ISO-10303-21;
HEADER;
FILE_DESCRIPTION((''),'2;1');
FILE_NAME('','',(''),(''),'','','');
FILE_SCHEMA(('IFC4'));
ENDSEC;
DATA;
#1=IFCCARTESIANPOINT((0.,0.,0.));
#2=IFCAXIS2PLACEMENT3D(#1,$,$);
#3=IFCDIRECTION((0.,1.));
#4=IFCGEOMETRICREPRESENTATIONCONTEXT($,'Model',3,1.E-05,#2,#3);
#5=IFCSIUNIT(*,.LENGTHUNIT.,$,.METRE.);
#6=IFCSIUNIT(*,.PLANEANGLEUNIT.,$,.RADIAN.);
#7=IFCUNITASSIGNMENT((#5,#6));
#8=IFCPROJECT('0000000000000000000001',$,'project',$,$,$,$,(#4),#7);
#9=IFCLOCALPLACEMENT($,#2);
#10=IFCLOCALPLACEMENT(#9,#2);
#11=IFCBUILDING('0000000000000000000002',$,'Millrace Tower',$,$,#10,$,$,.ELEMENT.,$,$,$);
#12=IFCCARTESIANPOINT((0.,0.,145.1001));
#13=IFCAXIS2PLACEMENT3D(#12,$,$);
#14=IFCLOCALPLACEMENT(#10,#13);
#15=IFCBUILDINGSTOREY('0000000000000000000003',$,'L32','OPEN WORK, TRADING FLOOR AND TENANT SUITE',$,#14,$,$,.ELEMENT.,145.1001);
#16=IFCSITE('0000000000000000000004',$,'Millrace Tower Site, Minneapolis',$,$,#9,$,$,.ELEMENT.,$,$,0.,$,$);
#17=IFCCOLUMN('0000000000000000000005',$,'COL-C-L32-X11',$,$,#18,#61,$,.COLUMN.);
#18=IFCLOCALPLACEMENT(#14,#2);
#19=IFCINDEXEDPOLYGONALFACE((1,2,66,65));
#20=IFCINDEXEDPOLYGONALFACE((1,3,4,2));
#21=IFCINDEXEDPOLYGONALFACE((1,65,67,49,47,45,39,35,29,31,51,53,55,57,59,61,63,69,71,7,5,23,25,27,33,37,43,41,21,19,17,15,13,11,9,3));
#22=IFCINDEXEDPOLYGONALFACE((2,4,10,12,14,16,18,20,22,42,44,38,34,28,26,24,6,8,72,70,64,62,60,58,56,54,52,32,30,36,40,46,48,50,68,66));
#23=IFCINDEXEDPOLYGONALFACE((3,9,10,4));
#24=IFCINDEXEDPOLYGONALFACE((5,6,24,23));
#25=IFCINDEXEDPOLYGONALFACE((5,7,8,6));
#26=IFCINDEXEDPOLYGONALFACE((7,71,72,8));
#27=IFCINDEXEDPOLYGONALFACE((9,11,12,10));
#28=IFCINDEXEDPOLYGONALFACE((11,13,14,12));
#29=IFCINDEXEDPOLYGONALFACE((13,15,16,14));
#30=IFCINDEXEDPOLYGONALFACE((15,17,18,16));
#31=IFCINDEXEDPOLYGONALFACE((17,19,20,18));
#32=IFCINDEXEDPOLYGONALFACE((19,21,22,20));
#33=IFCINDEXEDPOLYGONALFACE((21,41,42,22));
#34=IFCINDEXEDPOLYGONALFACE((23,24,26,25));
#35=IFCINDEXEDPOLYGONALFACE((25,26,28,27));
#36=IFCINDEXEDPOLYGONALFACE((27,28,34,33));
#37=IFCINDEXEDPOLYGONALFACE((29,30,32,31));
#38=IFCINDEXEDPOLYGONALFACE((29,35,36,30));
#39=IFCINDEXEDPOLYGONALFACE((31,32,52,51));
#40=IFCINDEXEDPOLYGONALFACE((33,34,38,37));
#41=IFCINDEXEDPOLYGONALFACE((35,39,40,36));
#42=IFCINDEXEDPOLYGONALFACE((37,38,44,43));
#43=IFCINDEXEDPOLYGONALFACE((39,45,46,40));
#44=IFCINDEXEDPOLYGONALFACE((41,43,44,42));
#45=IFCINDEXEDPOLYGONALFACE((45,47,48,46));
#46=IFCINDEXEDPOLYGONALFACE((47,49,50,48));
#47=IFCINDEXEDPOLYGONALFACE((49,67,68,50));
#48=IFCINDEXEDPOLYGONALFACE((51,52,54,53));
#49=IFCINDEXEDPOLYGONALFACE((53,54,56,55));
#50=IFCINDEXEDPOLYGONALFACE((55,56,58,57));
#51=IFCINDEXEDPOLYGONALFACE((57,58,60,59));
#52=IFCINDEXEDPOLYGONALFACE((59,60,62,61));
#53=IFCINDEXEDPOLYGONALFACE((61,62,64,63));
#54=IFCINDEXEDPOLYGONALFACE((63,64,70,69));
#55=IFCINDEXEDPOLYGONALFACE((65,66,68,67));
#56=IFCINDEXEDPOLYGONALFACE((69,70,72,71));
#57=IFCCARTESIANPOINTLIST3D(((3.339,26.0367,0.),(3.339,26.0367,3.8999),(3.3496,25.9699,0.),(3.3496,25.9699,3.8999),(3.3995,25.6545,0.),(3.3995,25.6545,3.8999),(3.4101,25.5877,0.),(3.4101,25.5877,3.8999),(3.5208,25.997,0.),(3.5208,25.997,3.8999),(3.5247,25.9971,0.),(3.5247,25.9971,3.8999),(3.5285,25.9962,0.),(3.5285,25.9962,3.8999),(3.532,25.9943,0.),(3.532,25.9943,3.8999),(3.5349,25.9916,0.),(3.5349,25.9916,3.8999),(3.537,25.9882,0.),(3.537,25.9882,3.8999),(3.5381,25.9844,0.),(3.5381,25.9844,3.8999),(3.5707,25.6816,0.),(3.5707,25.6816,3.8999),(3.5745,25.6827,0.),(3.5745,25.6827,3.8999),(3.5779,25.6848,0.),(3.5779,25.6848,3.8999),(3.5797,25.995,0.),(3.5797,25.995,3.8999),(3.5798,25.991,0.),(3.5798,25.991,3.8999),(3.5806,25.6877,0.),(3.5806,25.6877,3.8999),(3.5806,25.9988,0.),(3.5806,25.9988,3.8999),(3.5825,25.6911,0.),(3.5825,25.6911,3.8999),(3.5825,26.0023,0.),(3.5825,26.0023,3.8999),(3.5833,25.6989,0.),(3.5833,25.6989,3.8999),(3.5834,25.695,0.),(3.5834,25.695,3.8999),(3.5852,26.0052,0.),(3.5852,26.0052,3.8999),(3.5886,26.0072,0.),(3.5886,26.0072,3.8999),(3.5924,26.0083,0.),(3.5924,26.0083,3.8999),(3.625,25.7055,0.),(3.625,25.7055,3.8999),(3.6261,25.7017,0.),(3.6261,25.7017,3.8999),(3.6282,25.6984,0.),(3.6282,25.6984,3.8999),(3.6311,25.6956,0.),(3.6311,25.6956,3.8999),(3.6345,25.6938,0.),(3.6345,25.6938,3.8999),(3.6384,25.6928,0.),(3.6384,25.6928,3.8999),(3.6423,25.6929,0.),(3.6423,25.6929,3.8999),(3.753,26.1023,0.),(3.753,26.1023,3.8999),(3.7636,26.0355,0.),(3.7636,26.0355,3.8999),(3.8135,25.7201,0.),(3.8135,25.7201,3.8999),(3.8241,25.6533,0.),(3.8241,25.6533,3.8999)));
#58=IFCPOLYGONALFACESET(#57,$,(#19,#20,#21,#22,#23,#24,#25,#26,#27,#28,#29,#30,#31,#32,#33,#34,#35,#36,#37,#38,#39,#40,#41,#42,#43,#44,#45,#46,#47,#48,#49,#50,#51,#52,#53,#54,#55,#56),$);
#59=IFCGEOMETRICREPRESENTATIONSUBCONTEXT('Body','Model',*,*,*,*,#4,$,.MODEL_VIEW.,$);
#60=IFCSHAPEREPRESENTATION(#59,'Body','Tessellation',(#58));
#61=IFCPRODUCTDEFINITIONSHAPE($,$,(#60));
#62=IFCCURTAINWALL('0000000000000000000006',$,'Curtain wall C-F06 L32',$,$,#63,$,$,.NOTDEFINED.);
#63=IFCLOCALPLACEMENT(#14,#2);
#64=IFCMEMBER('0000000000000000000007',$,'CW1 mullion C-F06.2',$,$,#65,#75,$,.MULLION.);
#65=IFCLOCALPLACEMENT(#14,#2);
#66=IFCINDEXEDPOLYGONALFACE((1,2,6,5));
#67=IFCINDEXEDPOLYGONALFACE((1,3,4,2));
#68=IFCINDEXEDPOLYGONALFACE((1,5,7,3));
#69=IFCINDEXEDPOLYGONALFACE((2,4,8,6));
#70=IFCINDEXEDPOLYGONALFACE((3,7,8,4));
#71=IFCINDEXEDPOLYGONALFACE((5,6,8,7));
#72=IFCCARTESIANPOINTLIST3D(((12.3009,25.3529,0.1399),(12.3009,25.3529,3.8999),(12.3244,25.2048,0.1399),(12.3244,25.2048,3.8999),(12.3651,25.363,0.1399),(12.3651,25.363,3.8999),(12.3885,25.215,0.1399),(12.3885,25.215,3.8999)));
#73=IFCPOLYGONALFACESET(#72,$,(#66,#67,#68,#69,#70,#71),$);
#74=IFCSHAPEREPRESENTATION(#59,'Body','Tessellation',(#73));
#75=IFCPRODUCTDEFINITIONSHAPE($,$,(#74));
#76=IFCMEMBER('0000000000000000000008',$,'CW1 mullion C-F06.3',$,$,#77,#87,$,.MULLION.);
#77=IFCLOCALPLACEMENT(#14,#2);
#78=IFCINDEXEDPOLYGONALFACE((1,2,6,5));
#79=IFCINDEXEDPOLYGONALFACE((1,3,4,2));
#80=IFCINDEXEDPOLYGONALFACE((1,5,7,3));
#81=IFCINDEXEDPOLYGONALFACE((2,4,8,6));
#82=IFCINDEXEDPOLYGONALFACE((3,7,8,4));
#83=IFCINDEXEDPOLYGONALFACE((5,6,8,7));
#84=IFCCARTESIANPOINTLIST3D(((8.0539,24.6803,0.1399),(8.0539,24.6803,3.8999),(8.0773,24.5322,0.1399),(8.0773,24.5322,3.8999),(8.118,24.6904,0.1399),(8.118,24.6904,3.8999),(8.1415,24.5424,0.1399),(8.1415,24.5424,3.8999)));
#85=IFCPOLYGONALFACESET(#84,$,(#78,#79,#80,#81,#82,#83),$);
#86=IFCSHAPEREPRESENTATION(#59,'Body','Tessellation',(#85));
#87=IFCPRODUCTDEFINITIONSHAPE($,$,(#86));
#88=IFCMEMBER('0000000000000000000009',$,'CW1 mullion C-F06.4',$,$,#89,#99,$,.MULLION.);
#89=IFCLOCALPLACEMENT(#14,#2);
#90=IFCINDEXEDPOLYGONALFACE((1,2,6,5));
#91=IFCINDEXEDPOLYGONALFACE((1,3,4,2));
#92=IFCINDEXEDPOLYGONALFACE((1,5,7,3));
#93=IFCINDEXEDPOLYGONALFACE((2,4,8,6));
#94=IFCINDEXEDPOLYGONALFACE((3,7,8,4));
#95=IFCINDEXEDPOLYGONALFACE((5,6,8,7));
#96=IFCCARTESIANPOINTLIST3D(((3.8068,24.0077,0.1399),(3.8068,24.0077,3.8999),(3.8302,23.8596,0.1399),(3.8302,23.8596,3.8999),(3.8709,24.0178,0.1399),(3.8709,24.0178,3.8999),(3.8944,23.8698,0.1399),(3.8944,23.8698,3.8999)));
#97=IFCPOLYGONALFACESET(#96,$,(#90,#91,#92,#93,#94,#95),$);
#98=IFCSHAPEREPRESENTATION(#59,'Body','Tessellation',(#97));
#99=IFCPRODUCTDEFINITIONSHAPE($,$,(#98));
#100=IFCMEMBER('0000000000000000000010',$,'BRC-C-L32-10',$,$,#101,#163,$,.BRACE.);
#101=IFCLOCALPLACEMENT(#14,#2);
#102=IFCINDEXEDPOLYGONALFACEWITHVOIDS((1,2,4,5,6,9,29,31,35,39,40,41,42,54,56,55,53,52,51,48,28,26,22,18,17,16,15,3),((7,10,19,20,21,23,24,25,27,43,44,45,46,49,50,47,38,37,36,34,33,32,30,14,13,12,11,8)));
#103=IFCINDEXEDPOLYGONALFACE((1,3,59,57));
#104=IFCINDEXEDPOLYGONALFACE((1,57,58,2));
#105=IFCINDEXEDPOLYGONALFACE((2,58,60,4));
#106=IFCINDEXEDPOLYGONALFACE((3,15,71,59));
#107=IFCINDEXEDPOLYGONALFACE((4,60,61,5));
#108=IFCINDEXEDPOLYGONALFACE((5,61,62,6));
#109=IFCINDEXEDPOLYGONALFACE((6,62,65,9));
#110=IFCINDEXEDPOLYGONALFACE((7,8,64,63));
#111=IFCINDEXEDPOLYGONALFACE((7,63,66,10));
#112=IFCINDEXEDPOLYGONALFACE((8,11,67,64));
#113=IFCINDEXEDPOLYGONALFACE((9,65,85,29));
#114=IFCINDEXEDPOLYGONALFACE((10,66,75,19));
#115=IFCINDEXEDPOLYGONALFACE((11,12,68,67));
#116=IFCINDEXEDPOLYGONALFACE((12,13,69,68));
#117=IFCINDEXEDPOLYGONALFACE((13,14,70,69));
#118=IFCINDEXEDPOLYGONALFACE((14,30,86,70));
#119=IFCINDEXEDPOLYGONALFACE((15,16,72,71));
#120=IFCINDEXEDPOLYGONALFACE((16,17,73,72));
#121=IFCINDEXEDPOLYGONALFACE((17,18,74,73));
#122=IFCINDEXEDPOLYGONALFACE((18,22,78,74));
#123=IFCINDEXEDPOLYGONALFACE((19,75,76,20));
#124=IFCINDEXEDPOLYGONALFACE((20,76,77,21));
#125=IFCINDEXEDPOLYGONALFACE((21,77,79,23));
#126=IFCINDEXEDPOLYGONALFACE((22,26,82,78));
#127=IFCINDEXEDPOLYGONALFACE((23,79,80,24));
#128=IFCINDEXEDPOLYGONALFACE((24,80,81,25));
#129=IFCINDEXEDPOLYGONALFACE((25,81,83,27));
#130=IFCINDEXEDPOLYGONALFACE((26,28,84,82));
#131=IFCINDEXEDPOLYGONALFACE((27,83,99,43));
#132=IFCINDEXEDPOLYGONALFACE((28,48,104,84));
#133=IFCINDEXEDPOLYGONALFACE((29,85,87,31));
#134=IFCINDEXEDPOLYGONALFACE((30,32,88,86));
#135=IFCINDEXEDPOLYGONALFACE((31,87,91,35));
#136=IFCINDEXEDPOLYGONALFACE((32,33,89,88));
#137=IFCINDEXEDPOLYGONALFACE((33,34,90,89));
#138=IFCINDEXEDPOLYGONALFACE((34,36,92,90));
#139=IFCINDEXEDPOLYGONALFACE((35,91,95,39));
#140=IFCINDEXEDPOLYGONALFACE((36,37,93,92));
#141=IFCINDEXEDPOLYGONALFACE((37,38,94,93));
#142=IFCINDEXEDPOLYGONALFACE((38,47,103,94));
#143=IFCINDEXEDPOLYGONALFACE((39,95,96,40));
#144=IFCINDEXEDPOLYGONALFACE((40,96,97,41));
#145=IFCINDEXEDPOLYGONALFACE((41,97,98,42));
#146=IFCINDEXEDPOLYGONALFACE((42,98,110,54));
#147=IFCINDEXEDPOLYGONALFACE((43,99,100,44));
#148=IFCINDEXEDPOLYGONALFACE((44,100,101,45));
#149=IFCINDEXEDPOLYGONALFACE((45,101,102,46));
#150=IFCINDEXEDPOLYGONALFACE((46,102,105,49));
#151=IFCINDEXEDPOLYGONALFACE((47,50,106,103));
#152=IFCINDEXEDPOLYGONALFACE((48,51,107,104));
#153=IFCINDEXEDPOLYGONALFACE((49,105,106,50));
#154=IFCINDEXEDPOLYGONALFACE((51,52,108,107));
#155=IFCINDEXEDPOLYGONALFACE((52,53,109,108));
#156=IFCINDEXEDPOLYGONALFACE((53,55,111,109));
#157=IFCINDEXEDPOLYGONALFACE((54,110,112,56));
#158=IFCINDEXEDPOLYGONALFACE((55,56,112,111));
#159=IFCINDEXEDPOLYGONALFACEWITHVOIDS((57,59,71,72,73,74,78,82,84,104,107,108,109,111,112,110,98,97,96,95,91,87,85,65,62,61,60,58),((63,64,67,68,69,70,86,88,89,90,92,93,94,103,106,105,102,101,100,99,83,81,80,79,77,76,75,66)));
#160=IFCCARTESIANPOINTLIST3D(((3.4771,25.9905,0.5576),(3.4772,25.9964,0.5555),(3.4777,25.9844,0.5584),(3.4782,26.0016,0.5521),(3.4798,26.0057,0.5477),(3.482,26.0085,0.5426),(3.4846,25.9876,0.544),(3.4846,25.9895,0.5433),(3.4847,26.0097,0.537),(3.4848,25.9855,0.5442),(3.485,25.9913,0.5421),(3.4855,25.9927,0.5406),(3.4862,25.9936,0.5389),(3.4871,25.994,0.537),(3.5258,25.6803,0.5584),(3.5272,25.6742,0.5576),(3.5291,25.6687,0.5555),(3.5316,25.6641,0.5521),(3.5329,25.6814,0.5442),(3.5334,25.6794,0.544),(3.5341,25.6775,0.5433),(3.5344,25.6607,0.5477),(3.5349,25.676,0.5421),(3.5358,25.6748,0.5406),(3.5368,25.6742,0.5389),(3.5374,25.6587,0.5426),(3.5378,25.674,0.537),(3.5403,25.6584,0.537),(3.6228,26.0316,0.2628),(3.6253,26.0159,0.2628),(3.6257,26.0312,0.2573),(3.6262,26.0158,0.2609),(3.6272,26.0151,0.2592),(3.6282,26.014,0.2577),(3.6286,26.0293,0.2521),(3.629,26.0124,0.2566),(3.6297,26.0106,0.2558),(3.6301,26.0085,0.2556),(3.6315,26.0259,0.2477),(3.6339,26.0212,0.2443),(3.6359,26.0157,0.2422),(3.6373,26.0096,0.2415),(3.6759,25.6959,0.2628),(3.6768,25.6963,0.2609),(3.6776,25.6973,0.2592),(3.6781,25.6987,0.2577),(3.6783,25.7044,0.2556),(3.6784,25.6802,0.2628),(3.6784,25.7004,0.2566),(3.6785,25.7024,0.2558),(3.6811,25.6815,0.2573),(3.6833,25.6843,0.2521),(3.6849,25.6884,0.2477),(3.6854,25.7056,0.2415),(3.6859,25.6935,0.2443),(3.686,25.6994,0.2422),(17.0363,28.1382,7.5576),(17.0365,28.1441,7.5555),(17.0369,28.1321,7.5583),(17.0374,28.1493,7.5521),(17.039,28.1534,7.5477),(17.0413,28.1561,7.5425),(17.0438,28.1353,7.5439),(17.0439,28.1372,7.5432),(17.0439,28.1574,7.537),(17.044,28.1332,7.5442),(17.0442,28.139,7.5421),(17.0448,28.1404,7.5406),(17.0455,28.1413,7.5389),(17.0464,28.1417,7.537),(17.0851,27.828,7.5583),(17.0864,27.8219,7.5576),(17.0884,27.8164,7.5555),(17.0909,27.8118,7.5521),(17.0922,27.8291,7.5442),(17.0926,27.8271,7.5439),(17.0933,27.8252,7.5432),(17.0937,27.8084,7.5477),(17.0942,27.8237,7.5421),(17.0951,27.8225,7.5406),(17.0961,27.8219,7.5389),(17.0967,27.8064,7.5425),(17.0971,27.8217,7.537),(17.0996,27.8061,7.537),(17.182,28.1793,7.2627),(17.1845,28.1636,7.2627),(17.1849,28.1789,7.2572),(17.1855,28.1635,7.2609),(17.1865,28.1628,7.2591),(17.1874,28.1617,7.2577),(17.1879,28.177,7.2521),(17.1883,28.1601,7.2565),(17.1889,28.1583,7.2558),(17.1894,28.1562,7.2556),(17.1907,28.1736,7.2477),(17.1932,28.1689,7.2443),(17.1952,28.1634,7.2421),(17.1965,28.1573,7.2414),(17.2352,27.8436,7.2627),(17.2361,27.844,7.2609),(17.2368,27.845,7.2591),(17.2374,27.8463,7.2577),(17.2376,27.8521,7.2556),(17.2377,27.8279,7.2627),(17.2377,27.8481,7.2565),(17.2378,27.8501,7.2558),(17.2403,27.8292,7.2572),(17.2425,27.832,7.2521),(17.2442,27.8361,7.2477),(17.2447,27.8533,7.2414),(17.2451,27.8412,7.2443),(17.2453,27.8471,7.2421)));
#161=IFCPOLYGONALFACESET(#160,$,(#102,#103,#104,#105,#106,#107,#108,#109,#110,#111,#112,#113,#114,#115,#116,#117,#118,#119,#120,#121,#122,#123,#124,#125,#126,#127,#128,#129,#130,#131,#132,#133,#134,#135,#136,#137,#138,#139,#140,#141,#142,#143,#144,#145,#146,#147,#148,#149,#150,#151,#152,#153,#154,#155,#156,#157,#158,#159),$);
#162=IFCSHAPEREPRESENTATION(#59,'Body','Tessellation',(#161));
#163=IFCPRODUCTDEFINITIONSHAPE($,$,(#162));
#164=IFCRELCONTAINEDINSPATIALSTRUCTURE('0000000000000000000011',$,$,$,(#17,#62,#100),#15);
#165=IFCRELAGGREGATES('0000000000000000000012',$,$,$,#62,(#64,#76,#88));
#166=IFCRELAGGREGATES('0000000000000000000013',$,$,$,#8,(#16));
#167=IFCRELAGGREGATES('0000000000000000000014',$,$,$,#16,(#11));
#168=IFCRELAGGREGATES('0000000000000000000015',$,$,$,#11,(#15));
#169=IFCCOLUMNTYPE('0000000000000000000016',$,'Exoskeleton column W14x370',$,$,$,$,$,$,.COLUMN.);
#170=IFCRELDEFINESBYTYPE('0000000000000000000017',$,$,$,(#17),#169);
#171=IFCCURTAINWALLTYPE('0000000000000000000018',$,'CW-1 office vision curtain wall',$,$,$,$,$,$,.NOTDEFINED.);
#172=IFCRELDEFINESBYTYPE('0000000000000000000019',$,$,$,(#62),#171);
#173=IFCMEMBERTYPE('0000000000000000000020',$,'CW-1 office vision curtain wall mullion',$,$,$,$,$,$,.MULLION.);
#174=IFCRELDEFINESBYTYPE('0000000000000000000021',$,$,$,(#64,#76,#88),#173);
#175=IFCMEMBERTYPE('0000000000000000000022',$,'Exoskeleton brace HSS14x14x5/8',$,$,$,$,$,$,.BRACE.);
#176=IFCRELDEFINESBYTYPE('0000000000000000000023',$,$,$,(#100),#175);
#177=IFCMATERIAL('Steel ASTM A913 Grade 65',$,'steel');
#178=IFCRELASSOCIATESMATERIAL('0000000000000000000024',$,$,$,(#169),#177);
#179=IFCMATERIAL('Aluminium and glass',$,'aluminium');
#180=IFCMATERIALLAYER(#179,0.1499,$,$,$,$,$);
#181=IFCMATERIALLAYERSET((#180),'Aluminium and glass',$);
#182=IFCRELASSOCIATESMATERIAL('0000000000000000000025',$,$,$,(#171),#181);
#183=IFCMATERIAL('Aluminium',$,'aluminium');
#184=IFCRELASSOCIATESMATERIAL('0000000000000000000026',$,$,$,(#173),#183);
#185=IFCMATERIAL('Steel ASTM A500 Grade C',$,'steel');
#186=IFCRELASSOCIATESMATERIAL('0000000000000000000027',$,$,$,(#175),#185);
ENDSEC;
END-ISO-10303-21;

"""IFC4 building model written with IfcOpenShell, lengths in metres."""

from ifc_helpers import new_model, si_unit, direction, frame, origin, origin_2d, place, context, subcontext, project, spatial, rectangle, hollow_rectangle, i_section, extrude, material, layer, layer_set, material_profile, profile_set, type_object, element, aggregate, save


model = new_model("IFC4")

# Units and contexts
model_context = context("Model", 3, precision=1e-05, world=origin(), true_north=direction((0.0, 1.0)))
body_context = subcontext(model_context, "Body", "Model", "MODEL_VIEW")
ifc_project = project(units=[si_unit("LENGTHUNIT", "METRE"), si_unit("PLANEANGLEUNIT", "RADIAN")], contexts=[model_context])

# Site, building, storey
site_placement = place(None, origin())
site = spatial("IfcSite", under=ifc_project, at=site_placement, Name="Millrace Tower Site, Minneapolis", CompositionType="ELEMENT", RefElevation=0.0)
building_placement = place(site_placement, origin())
building = spatial("IfcBuilding", under=site, at=building_placement, Name="Millrace Tower", CompositionType="ELEMENT")
storey_placement = place(building_placement, frame((0.0, 0.0, 145.1001)))
storey = spatial("IfcBuildingStorey", under=building, at=storey_placement, Name="L32", Description="OPEN WORK, TRADING FLOOR AND TENANT SUITE", CompositionType="ELEMENT", Elevation=145.1001)

# Column
ifc_material_1 = material(Name="Steel ASTM A913 Grade 65", Category="steel")
ifc_material_profile_1 = material_profile(ifc_material_1, i_section(OverallWidth=0.4192, OverallDepth=0.4546, WebThickness=0.0422, FlangeThickness=0.0676, FilletRadius=0.0151, at=origin_2d()))
ifc_profile_set_1 = profile_set([ifc_material_profile_1], Name="Steel ASTM A913 Grade 65")
column_type = type_object("IfcColumnType", Name="Exoskeleton column W14x370", PredefinedType="COLUMN", material=ifc_profile_set_1)
column_placement = place(storey_placement, frame((3.5815, 25.845, 0.0), z_axis=(0.0, 0.0, 1.0), x_axis=(-0.987688, -0.156434, 0.0)))
element("IfcColumn", 1, at=column_placement, inside=storey, type_object=column_type, Name="COL-C-L32-X11", PredefinedType="COLUMN", context=body_context, shape_type="SweptSolid", body=[
    extrude(i_section(OverallWidth=0.4192, OverallDepth=0.4546, WebThickness=0.0422, FlangeThickness=0.0676, FilletRadius=0.0151, at=origin_2d()), origin(), (0.0, 0.0, 1.0), 3.8999),
])

# Curtain wall, members
ifc_material_2 = material(Name="Aluminium and glass", Category="aluminium")
ifc_layer_1 = layer(ifc_material_2, 0.1499)
ifc_layer_set_1 = layer_set([ifc_layer_1], Name="Aluminium and glass")
curtain_wall_type = type_object("IfcCurtainWallType", Name="CW-1 office vision curtain wall", PredefinedType="NOTDEFINED", material=ifc_layer_set_1)
curtain_wall_placement = place(storey_placement, origin())
curtain_wall = element("IfcCurtainWall", 2, at=curtain_wall_placement, inside=storey, type_object=curtain_wall_type, Name="Curtain wall C-F06 L32", PredefinedType="NOTDEFINED")
ifc_material_3 = material(Name="Aluminium", Category="aluminium")
ifc_material_profile_2 = material_profile(ifc_material_3, rectangle(XDim=0.0649, YDim=0.1499, at=origin_2d()))
ifc_profile_set_2 = profile_set([ifc_material_profile_2], Name="Aluminium")
member_type_1 = type_object("IfcMemberType", Name="CW-1 office vision curtain wall mullion", PredefinedType="MULLION", material=ifc_profile_set_2)
member_1_placement = place(storey_placement, frame((12.3447, 25.2839, 0.1399), z_axis=(0.0, 0.0, 1.0), x_axis=(-0.987688, -0.156434, 0.0)))
member_1 = element("IfcMember", 3, at=member_1_placement, type_object=member_type_1, Name="CW1 mullion C-F06.2", PredefinedType="MULLION", context=body_context, shape_type="SweptSolid", body=[
    extrude(rectangle(XDim=0.0649, YDim=0.1499, at=origin_2d()), origin(), (0.0, 0.0, 1.0), 3.76),
])
member_2_placement = place(storey_placement, frame((8.0977, 24.6113, 0.1399), z_axis=(0.0, 0.0, 1.0), x_axis=(-0.987688, -0.156434, 0.0)))
member_2 = element("IfcMember", 4, at=member_2_placement, type_object=member_type_1, Name="CW1 mullion C-F06.3", PredefinedType="MULLION", context=body_context, shape_type="SweptSolid", body=[
    extrude(rectangle(XDim=0.0649, YDim=0.1499, at=origin_2d()), origin(), (0.0, 0.0, 1.0), 3.76),
])
member_3_placement = place(storey_placement, frame((3.8506, 23.9387, 0.1399), z_axis=(0.0, 0.0, 1.0), x_axis=(-0.987688, -0.156434, 0.0)))
member_3 = element("IfcMember", 5, at=member_3_placement, type_object=member_type_1, Name="CW1 mullion C-F06.4", PredefinedType="MULLION", context=body_context, shape_type="SweptSolid", body=[
    extrude(rectangle(XDim=0.0649, YDim=0.1499, at=origin_2d()), origin(), (0.0, 0.0, 1.0), 3.76),
])
aggregate(curtain_wall, [member_1, member_2, member_3])

# Member
ifc_material_4 = material(Name="Steel ASTM A500 Grade C", Category="steel")
ifc_material_profile_3 = material_profile(ifc_material_4, hollow_rectangle(XDim=0.3557, YDim=0.3557, WallThickness=0.0159, InnerFilletRadius=0.0081, OuterFilletRadius=0.0239, at=origin_2d()))
ifc_profile_set_3 = profile_set([ifc_material_profile_3], Name="Steel ASTM A500 Grade C")
member_type_2 = type_object("IfcMemberType", Name="Exoskeleton brace HSS14x14x5/8", PredefinedType="BRACE", material=ifc_profile_set_3)
member_4_placement = place(storey_placement, frame((3.5815, 25.845, 0.3999), z_axis=(0.879905, 0.139371, 0.454251), x_axis=(-0.156443, 0.987687, 0.0)))
element("IfcMember", 6, at=member_4_placement, inside=storey, type_object=member_type_2, Name="BRC-C-L32-10", PredefinedType="BRACE", context=body_context, shape_type="SweptSolid", body=[
    extrude(hollow_rectangle(XDim=0.3557, YDim=0.3557, WallThickness=0.0159, InnerFilletRadius=0.0081, OuterFilletRadius=0.0239, at=origin_2d()), origin(), (0.0, 0.0, 1.0), 15.4099),
])

save(model, "model.ifc")
